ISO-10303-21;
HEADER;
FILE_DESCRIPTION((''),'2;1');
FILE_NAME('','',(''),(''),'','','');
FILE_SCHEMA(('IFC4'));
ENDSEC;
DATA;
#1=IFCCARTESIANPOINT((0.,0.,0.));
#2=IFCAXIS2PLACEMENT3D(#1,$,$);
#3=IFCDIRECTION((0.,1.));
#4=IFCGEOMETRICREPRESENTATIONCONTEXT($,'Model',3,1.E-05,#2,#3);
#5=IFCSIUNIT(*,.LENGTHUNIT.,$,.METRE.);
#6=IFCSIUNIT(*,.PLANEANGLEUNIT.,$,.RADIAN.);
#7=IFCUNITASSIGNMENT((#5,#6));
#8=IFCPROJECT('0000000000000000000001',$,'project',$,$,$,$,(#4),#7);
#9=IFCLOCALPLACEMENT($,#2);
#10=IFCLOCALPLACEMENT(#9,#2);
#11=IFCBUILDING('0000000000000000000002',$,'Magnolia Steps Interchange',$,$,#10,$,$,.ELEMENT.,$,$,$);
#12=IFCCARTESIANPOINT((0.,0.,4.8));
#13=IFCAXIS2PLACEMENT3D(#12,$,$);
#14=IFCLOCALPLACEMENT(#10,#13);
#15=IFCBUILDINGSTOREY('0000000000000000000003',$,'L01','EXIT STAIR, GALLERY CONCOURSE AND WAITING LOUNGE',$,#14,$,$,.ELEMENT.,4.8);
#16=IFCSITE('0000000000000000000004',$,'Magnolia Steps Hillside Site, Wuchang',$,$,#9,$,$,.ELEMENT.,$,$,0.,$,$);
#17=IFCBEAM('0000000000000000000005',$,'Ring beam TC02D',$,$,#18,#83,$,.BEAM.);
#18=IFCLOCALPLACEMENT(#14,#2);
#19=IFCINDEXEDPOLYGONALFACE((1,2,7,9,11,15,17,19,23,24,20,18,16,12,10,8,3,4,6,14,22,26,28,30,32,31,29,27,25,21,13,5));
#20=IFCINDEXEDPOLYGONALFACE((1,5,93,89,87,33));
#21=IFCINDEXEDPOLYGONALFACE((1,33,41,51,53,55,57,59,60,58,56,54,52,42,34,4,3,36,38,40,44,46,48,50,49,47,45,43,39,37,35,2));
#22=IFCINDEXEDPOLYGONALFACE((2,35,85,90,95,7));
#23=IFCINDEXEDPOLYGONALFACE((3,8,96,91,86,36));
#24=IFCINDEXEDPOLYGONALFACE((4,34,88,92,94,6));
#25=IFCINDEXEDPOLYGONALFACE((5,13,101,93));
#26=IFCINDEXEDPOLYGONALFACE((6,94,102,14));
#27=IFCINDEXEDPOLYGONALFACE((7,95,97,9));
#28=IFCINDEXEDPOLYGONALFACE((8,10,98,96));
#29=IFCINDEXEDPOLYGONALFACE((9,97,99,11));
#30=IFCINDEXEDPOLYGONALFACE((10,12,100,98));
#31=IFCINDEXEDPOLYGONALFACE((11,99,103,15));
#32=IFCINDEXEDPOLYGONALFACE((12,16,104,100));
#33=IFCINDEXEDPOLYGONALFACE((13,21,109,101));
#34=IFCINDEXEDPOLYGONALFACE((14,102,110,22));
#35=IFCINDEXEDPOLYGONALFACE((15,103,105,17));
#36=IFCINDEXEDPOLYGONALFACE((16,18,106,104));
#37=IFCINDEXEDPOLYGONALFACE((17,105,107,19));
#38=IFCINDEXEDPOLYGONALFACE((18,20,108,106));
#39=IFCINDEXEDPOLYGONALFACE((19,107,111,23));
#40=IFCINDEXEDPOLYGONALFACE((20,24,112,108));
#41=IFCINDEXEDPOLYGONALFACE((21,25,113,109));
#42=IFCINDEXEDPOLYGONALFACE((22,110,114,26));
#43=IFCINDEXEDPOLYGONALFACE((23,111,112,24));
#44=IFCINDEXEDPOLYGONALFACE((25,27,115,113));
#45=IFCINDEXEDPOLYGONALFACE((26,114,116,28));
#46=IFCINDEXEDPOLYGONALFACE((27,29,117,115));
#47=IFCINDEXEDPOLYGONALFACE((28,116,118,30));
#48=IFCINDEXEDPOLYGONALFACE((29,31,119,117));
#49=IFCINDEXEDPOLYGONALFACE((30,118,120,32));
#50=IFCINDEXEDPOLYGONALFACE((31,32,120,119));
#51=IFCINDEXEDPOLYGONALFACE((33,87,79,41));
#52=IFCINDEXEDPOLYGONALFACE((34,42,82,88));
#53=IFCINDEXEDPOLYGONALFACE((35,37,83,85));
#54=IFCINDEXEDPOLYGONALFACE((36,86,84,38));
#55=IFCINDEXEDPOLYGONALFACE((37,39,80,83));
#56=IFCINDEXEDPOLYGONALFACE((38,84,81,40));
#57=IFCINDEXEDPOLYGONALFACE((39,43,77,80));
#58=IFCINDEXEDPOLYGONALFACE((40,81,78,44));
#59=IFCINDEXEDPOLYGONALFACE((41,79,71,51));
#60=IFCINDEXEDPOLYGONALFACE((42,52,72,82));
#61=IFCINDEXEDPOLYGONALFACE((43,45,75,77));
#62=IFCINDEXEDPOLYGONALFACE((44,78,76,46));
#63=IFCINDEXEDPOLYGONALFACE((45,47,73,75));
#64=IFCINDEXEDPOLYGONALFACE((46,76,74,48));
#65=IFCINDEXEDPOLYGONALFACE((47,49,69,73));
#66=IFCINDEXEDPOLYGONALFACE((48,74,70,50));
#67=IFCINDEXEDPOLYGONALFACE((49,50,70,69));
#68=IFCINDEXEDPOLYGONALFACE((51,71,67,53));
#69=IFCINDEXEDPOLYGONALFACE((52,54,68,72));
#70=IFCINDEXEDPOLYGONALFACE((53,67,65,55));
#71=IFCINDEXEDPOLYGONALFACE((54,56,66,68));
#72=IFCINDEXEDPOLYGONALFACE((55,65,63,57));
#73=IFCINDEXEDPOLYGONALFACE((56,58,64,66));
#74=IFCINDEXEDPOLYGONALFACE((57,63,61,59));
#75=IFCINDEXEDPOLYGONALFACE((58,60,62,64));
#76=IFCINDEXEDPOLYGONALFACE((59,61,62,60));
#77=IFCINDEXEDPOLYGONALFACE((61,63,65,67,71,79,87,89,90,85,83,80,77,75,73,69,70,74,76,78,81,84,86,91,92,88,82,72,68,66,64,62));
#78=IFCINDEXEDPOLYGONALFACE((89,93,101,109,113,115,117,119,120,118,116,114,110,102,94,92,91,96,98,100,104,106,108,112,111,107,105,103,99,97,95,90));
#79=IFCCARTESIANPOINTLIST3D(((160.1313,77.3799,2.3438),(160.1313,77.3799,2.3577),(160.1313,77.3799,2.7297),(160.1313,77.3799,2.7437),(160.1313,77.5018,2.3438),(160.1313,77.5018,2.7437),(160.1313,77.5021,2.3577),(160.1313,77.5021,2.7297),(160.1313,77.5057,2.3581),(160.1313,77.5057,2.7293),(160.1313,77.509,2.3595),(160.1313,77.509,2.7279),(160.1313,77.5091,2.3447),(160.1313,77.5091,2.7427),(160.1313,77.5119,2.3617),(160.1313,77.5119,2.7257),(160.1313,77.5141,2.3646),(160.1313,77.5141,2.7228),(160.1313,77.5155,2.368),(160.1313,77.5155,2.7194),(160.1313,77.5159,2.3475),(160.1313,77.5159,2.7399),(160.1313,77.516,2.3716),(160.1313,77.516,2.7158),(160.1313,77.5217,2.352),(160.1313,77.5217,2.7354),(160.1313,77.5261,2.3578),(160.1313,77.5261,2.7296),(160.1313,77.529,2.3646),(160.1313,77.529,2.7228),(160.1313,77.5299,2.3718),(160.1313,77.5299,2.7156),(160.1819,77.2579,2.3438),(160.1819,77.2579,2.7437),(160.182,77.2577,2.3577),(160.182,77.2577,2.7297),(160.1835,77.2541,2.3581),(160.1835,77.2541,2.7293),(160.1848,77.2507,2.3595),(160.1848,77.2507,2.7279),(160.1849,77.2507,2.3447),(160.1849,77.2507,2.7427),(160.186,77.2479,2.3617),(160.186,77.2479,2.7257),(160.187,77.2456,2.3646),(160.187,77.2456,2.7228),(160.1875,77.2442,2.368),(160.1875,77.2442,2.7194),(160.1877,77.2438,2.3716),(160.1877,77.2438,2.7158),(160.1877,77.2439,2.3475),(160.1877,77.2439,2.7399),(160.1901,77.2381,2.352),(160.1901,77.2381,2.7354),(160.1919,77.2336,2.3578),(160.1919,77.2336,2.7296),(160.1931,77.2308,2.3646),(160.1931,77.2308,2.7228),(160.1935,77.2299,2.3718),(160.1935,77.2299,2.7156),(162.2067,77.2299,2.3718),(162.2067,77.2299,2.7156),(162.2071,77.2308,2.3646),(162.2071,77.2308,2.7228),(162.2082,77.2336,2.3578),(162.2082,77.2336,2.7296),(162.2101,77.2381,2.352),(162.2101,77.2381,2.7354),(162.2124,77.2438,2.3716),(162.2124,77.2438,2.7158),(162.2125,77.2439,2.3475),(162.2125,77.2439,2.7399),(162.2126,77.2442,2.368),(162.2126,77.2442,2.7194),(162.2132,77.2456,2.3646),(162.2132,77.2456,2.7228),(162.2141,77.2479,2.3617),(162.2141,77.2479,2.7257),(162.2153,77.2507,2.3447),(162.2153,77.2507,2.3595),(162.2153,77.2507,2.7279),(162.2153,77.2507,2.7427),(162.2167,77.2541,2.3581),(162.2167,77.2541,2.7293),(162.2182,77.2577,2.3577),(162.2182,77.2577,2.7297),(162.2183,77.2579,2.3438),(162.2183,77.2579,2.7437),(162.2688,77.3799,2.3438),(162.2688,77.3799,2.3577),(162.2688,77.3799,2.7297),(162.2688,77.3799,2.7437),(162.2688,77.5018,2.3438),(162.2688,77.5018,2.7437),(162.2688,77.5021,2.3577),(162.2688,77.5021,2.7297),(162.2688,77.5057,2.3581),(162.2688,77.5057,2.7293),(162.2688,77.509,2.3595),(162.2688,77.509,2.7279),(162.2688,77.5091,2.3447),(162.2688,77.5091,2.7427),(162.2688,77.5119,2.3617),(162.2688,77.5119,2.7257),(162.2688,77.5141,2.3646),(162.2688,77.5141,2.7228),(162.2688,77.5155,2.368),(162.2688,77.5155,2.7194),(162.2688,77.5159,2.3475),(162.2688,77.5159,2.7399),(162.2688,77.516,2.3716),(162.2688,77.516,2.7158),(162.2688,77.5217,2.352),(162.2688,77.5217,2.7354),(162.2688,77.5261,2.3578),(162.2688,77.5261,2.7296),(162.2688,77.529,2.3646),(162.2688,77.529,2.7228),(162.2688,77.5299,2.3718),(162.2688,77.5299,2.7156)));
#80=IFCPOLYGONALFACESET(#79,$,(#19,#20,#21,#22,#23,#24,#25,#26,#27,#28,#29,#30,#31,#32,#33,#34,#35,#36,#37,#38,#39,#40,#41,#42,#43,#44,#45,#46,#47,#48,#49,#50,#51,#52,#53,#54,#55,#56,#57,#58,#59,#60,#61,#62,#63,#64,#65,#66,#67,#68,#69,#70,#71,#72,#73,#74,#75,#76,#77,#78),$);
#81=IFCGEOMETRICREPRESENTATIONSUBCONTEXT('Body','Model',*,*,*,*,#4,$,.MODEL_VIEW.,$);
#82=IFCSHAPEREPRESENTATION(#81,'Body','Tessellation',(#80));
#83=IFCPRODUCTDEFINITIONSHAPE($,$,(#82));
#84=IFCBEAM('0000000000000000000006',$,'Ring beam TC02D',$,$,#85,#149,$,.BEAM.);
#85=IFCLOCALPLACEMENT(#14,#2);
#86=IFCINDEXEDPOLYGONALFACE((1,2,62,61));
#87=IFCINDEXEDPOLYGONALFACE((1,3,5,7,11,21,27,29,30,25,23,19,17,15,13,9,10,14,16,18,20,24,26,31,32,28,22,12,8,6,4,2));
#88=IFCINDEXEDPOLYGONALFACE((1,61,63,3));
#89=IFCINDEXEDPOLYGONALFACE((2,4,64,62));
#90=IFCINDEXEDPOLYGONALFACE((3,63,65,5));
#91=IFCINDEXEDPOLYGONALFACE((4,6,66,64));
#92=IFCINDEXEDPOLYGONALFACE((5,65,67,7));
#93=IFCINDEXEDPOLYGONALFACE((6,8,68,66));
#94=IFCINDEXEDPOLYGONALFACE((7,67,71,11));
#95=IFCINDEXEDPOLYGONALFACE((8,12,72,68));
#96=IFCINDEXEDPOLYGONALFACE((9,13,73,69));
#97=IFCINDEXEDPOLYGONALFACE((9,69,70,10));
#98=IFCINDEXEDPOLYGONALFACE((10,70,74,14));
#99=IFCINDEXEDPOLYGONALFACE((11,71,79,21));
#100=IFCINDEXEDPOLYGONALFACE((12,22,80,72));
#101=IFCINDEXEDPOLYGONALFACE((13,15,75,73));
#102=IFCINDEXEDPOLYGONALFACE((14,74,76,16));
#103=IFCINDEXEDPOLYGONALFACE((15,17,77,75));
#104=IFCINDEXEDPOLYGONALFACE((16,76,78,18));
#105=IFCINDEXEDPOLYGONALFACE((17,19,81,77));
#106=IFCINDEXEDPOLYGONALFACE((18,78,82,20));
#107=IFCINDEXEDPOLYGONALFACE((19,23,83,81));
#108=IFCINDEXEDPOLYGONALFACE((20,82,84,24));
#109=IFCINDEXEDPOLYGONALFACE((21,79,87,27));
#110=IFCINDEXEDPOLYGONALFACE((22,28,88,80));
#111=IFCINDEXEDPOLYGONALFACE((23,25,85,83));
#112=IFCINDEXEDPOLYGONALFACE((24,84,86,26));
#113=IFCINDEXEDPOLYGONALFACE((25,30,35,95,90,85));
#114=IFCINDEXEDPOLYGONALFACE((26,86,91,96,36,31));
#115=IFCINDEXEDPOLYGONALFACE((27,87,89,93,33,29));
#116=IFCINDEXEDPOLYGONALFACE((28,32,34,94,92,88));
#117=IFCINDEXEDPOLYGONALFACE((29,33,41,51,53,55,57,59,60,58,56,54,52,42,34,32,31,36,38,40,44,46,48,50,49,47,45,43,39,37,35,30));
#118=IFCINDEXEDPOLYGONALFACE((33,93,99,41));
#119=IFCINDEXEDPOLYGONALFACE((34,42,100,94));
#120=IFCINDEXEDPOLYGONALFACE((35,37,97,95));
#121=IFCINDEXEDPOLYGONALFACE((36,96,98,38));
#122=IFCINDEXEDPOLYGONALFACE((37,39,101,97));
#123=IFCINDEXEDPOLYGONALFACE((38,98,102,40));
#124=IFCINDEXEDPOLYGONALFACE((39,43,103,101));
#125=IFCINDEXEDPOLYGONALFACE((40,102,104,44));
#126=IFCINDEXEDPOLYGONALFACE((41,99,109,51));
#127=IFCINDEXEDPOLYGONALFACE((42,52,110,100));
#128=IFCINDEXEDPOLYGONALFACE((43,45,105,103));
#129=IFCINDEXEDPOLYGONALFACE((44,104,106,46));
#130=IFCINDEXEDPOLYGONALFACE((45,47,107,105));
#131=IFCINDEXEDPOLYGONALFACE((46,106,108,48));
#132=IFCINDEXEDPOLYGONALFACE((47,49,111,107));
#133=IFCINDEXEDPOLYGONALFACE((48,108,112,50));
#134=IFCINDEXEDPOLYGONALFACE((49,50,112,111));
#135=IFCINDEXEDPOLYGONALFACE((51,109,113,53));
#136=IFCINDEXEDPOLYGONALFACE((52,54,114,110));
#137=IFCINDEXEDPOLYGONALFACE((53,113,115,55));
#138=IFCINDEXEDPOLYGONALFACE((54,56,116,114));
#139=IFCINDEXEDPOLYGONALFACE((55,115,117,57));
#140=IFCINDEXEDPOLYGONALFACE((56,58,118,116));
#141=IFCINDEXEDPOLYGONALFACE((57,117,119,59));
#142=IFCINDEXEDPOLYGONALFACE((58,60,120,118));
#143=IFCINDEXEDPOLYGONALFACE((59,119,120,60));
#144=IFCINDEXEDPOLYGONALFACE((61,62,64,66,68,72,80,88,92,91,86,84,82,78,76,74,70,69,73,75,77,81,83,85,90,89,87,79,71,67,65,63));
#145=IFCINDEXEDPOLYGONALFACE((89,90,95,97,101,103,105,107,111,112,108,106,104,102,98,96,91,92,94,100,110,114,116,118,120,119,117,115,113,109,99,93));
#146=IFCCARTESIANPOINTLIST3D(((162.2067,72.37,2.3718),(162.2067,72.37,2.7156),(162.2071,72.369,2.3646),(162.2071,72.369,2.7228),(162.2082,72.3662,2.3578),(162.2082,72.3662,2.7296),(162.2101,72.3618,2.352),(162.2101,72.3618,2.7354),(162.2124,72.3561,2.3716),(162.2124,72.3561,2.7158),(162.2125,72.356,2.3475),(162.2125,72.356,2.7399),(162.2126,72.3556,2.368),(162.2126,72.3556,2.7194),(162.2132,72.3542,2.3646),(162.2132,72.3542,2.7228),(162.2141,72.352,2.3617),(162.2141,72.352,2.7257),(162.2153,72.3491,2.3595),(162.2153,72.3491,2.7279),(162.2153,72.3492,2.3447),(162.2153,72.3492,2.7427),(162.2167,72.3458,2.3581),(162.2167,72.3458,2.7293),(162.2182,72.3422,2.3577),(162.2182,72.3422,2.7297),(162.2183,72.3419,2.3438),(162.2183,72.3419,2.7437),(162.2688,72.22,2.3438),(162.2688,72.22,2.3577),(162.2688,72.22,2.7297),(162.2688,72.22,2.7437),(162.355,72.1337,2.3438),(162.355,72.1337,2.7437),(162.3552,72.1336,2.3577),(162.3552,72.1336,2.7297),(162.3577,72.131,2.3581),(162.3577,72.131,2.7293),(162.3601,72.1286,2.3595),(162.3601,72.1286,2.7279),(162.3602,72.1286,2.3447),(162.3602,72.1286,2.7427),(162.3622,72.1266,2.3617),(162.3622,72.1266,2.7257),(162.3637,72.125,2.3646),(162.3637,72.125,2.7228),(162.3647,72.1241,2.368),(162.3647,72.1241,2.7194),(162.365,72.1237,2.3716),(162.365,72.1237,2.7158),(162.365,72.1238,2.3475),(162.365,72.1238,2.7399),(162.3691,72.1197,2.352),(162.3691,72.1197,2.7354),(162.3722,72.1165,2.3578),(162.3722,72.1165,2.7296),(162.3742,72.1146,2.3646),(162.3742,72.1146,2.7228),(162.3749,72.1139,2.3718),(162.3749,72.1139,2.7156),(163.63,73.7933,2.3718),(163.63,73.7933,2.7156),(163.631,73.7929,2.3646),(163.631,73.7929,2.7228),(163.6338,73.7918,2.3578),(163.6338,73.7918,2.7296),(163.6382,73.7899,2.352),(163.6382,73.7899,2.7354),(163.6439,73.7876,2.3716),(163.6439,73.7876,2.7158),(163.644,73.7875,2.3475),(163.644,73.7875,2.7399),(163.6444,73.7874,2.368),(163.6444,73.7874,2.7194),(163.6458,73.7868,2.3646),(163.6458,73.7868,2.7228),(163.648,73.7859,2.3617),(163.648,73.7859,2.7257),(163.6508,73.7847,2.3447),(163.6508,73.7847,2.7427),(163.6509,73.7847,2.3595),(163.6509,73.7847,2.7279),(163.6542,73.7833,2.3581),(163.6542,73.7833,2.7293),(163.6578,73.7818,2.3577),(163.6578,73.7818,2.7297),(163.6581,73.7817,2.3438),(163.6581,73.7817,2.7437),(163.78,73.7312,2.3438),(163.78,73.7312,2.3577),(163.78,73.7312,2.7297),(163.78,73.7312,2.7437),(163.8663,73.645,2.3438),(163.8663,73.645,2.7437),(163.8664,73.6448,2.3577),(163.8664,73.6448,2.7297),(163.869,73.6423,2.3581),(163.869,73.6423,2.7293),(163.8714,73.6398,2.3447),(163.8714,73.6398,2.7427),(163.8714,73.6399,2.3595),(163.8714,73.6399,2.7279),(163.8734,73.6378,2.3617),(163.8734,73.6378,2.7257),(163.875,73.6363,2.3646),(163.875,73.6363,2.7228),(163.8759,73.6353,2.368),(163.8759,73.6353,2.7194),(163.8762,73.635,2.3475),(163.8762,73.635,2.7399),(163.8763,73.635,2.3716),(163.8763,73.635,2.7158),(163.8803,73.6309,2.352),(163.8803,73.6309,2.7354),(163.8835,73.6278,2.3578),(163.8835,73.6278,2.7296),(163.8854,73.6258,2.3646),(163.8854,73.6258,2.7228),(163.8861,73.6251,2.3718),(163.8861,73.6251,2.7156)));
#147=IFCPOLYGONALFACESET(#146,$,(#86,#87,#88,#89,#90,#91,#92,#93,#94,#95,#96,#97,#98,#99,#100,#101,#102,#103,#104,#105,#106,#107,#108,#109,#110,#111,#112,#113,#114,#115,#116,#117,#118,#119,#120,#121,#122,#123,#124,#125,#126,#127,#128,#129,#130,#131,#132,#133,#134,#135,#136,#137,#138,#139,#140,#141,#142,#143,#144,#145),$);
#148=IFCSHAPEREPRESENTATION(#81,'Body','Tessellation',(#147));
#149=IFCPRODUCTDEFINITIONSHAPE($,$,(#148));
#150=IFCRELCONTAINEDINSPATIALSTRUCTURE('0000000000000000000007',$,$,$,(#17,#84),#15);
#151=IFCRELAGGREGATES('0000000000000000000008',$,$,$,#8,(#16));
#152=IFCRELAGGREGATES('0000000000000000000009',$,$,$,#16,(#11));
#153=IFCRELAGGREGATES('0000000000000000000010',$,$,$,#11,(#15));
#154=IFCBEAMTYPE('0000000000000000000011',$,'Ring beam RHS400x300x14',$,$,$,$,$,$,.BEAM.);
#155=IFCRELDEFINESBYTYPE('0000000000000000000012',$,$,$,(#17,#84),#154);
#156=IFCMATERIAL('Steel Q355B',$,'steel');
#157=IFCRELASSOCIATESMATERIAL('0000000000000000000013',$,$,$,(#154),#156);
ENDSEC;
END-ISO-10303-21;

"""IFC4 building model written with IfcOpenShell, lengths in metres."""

from ifc_helpers import new_model, si_unit, direction, frame, origin, origin_2d, place, context, subcontext, project, spatial, hollow_rectangle, extrude, clip, halfspace, material, material_profile, profile_set, type_object, element, save


model = new_model("IFC4")

# Units and contexts
model_context = context("Model", 3, precision=1e-05, world=origin(), true_north=direction((0.0, 1.0)))
body_context = subcontext(model_context, "Body", "Model", "MODEL_VIEW")
ifc_project = project(units=[si_unit("LENGTHUNIT", "METRE"), si_unit("PLANEANGLEUNIT", "RADIAN")], contexts=[model_context])

# Site, building, storey
site_placement = place(None, origin())
site = spatial("IfcSite", under=ifc_project, at=site_placement, Name="Magnolia Steps Hillside Site, Wuchang", CompositionType="ELEMENT", RefElevation=0.0)
building_placement = place(site_placement, origin())
building = spatial("IfcBuilding", under=site, at=building_placement, Name="Magnolia Steps Interchange", CompositionType="ELEMENT")
storey_placement = place(building_placement, frame((0.0, 0.0, 4.8)))
storey = spatial("IfcBuildingStorey", under=building, at=storey_placement, Name="L01", Description="EXIT STAIR, GALLERY CONCOURSE AND WAITING LOUNGE", CompositionType="ELEMENT", Elevation=4.8)

# Beams
ifc_material_1 = material(Name="Steel Q355B", Category="steel")
ifc_material_profile_1 = material_profile(ifc_material_1, hollow_rectangle(XDim=0.3, YDim=0.3999, WallThickness=0.0139, InnerFilletRadius=0.0139, OuterFilletRadius=0.0281, at=origin_2d()), Name="RHS400x300x14")
ifc_profile_set_1 = profile_set([ifc_material_profile_1], Name="Steel Q355B")
beam_type_1 = type_object("IfcBeamType", Name="Ring beam RHS400x300x14", PredefinedType="BEAM", material=ifc_profile_set_1)
beam_1_placement = place(storey_placement, frame((162.2688, 77.3799, 2.5437), z_axis=(-1.0, 0.0, 0.0), x_axis=(0.0, -1.0, 0.0)))
element("IfcBeam", 1, at=beam_1_placement, inside=storey, type_object=beam_type_1, Name="Ring beam TC02D", PredefinedType="BEAM", context=body_context, shape_type="Clipping", body=[
    clip(clip(extrude(hollow_rectangle(XDim=0.3, YDim=0.3999, WallThickness=0.0139, InnerFilletRadius=0.0139, OuterFilletRadius=0.0281, at=origin_2d()), origin(), (0.0, 0.0, 1.0), 2.1375), halfspace(frame((0.0, 0.0, 0.0), z_axis=(0.382683, 0.0, -0.92388), x_axis=(0.92388, 0.0, 0.382683)), False)), halfspace(frame((0.0, 0.0, 2.1375), z_axis=(0.382683, 0.0, 0.92388), x_axis=(0.92388, 0.0, -0.382683)), False)),
])
beam_2_placement = place(storey_placement, frame((162.2688, 72.22, 2.5437), z_axis=(0.707107, 0.707107, 0.0), x_axis=(-0.707107, 0.707107, 0.0)))
element("IfcBeam", 2, at=beam_2_placement, inside=storey, type_object=beam_type_1, Name="Ring beam TC02D", PredefinedType="BEAM", context=body_context, shape_type="Clipping", body=[
    clip(clip(extrude(hollow_rectangle(XDim=0.3, YDim=0.3999, WallThickness=0.0139, InnerFilletRadius=0.0139, OuterFilletRadius=0.0281, at=origin_2d()), origin(), (0.0, 0.0, 1.0), 2.1372), halfspace(frame((0.0, 0.0, 0.0), z_axis=(0.382683, 0.0, -0.92388), x_axis=(0.92388, 0.0, 0.382683)), False)), halfspace(frame((0.0, 0.0, 2.1372), z_axis=(0.382683, 0.0, 0.92388), x_axis=(0.92388, 0.0, -0.382683)), False)),
])

save(model, "model.ifc")
